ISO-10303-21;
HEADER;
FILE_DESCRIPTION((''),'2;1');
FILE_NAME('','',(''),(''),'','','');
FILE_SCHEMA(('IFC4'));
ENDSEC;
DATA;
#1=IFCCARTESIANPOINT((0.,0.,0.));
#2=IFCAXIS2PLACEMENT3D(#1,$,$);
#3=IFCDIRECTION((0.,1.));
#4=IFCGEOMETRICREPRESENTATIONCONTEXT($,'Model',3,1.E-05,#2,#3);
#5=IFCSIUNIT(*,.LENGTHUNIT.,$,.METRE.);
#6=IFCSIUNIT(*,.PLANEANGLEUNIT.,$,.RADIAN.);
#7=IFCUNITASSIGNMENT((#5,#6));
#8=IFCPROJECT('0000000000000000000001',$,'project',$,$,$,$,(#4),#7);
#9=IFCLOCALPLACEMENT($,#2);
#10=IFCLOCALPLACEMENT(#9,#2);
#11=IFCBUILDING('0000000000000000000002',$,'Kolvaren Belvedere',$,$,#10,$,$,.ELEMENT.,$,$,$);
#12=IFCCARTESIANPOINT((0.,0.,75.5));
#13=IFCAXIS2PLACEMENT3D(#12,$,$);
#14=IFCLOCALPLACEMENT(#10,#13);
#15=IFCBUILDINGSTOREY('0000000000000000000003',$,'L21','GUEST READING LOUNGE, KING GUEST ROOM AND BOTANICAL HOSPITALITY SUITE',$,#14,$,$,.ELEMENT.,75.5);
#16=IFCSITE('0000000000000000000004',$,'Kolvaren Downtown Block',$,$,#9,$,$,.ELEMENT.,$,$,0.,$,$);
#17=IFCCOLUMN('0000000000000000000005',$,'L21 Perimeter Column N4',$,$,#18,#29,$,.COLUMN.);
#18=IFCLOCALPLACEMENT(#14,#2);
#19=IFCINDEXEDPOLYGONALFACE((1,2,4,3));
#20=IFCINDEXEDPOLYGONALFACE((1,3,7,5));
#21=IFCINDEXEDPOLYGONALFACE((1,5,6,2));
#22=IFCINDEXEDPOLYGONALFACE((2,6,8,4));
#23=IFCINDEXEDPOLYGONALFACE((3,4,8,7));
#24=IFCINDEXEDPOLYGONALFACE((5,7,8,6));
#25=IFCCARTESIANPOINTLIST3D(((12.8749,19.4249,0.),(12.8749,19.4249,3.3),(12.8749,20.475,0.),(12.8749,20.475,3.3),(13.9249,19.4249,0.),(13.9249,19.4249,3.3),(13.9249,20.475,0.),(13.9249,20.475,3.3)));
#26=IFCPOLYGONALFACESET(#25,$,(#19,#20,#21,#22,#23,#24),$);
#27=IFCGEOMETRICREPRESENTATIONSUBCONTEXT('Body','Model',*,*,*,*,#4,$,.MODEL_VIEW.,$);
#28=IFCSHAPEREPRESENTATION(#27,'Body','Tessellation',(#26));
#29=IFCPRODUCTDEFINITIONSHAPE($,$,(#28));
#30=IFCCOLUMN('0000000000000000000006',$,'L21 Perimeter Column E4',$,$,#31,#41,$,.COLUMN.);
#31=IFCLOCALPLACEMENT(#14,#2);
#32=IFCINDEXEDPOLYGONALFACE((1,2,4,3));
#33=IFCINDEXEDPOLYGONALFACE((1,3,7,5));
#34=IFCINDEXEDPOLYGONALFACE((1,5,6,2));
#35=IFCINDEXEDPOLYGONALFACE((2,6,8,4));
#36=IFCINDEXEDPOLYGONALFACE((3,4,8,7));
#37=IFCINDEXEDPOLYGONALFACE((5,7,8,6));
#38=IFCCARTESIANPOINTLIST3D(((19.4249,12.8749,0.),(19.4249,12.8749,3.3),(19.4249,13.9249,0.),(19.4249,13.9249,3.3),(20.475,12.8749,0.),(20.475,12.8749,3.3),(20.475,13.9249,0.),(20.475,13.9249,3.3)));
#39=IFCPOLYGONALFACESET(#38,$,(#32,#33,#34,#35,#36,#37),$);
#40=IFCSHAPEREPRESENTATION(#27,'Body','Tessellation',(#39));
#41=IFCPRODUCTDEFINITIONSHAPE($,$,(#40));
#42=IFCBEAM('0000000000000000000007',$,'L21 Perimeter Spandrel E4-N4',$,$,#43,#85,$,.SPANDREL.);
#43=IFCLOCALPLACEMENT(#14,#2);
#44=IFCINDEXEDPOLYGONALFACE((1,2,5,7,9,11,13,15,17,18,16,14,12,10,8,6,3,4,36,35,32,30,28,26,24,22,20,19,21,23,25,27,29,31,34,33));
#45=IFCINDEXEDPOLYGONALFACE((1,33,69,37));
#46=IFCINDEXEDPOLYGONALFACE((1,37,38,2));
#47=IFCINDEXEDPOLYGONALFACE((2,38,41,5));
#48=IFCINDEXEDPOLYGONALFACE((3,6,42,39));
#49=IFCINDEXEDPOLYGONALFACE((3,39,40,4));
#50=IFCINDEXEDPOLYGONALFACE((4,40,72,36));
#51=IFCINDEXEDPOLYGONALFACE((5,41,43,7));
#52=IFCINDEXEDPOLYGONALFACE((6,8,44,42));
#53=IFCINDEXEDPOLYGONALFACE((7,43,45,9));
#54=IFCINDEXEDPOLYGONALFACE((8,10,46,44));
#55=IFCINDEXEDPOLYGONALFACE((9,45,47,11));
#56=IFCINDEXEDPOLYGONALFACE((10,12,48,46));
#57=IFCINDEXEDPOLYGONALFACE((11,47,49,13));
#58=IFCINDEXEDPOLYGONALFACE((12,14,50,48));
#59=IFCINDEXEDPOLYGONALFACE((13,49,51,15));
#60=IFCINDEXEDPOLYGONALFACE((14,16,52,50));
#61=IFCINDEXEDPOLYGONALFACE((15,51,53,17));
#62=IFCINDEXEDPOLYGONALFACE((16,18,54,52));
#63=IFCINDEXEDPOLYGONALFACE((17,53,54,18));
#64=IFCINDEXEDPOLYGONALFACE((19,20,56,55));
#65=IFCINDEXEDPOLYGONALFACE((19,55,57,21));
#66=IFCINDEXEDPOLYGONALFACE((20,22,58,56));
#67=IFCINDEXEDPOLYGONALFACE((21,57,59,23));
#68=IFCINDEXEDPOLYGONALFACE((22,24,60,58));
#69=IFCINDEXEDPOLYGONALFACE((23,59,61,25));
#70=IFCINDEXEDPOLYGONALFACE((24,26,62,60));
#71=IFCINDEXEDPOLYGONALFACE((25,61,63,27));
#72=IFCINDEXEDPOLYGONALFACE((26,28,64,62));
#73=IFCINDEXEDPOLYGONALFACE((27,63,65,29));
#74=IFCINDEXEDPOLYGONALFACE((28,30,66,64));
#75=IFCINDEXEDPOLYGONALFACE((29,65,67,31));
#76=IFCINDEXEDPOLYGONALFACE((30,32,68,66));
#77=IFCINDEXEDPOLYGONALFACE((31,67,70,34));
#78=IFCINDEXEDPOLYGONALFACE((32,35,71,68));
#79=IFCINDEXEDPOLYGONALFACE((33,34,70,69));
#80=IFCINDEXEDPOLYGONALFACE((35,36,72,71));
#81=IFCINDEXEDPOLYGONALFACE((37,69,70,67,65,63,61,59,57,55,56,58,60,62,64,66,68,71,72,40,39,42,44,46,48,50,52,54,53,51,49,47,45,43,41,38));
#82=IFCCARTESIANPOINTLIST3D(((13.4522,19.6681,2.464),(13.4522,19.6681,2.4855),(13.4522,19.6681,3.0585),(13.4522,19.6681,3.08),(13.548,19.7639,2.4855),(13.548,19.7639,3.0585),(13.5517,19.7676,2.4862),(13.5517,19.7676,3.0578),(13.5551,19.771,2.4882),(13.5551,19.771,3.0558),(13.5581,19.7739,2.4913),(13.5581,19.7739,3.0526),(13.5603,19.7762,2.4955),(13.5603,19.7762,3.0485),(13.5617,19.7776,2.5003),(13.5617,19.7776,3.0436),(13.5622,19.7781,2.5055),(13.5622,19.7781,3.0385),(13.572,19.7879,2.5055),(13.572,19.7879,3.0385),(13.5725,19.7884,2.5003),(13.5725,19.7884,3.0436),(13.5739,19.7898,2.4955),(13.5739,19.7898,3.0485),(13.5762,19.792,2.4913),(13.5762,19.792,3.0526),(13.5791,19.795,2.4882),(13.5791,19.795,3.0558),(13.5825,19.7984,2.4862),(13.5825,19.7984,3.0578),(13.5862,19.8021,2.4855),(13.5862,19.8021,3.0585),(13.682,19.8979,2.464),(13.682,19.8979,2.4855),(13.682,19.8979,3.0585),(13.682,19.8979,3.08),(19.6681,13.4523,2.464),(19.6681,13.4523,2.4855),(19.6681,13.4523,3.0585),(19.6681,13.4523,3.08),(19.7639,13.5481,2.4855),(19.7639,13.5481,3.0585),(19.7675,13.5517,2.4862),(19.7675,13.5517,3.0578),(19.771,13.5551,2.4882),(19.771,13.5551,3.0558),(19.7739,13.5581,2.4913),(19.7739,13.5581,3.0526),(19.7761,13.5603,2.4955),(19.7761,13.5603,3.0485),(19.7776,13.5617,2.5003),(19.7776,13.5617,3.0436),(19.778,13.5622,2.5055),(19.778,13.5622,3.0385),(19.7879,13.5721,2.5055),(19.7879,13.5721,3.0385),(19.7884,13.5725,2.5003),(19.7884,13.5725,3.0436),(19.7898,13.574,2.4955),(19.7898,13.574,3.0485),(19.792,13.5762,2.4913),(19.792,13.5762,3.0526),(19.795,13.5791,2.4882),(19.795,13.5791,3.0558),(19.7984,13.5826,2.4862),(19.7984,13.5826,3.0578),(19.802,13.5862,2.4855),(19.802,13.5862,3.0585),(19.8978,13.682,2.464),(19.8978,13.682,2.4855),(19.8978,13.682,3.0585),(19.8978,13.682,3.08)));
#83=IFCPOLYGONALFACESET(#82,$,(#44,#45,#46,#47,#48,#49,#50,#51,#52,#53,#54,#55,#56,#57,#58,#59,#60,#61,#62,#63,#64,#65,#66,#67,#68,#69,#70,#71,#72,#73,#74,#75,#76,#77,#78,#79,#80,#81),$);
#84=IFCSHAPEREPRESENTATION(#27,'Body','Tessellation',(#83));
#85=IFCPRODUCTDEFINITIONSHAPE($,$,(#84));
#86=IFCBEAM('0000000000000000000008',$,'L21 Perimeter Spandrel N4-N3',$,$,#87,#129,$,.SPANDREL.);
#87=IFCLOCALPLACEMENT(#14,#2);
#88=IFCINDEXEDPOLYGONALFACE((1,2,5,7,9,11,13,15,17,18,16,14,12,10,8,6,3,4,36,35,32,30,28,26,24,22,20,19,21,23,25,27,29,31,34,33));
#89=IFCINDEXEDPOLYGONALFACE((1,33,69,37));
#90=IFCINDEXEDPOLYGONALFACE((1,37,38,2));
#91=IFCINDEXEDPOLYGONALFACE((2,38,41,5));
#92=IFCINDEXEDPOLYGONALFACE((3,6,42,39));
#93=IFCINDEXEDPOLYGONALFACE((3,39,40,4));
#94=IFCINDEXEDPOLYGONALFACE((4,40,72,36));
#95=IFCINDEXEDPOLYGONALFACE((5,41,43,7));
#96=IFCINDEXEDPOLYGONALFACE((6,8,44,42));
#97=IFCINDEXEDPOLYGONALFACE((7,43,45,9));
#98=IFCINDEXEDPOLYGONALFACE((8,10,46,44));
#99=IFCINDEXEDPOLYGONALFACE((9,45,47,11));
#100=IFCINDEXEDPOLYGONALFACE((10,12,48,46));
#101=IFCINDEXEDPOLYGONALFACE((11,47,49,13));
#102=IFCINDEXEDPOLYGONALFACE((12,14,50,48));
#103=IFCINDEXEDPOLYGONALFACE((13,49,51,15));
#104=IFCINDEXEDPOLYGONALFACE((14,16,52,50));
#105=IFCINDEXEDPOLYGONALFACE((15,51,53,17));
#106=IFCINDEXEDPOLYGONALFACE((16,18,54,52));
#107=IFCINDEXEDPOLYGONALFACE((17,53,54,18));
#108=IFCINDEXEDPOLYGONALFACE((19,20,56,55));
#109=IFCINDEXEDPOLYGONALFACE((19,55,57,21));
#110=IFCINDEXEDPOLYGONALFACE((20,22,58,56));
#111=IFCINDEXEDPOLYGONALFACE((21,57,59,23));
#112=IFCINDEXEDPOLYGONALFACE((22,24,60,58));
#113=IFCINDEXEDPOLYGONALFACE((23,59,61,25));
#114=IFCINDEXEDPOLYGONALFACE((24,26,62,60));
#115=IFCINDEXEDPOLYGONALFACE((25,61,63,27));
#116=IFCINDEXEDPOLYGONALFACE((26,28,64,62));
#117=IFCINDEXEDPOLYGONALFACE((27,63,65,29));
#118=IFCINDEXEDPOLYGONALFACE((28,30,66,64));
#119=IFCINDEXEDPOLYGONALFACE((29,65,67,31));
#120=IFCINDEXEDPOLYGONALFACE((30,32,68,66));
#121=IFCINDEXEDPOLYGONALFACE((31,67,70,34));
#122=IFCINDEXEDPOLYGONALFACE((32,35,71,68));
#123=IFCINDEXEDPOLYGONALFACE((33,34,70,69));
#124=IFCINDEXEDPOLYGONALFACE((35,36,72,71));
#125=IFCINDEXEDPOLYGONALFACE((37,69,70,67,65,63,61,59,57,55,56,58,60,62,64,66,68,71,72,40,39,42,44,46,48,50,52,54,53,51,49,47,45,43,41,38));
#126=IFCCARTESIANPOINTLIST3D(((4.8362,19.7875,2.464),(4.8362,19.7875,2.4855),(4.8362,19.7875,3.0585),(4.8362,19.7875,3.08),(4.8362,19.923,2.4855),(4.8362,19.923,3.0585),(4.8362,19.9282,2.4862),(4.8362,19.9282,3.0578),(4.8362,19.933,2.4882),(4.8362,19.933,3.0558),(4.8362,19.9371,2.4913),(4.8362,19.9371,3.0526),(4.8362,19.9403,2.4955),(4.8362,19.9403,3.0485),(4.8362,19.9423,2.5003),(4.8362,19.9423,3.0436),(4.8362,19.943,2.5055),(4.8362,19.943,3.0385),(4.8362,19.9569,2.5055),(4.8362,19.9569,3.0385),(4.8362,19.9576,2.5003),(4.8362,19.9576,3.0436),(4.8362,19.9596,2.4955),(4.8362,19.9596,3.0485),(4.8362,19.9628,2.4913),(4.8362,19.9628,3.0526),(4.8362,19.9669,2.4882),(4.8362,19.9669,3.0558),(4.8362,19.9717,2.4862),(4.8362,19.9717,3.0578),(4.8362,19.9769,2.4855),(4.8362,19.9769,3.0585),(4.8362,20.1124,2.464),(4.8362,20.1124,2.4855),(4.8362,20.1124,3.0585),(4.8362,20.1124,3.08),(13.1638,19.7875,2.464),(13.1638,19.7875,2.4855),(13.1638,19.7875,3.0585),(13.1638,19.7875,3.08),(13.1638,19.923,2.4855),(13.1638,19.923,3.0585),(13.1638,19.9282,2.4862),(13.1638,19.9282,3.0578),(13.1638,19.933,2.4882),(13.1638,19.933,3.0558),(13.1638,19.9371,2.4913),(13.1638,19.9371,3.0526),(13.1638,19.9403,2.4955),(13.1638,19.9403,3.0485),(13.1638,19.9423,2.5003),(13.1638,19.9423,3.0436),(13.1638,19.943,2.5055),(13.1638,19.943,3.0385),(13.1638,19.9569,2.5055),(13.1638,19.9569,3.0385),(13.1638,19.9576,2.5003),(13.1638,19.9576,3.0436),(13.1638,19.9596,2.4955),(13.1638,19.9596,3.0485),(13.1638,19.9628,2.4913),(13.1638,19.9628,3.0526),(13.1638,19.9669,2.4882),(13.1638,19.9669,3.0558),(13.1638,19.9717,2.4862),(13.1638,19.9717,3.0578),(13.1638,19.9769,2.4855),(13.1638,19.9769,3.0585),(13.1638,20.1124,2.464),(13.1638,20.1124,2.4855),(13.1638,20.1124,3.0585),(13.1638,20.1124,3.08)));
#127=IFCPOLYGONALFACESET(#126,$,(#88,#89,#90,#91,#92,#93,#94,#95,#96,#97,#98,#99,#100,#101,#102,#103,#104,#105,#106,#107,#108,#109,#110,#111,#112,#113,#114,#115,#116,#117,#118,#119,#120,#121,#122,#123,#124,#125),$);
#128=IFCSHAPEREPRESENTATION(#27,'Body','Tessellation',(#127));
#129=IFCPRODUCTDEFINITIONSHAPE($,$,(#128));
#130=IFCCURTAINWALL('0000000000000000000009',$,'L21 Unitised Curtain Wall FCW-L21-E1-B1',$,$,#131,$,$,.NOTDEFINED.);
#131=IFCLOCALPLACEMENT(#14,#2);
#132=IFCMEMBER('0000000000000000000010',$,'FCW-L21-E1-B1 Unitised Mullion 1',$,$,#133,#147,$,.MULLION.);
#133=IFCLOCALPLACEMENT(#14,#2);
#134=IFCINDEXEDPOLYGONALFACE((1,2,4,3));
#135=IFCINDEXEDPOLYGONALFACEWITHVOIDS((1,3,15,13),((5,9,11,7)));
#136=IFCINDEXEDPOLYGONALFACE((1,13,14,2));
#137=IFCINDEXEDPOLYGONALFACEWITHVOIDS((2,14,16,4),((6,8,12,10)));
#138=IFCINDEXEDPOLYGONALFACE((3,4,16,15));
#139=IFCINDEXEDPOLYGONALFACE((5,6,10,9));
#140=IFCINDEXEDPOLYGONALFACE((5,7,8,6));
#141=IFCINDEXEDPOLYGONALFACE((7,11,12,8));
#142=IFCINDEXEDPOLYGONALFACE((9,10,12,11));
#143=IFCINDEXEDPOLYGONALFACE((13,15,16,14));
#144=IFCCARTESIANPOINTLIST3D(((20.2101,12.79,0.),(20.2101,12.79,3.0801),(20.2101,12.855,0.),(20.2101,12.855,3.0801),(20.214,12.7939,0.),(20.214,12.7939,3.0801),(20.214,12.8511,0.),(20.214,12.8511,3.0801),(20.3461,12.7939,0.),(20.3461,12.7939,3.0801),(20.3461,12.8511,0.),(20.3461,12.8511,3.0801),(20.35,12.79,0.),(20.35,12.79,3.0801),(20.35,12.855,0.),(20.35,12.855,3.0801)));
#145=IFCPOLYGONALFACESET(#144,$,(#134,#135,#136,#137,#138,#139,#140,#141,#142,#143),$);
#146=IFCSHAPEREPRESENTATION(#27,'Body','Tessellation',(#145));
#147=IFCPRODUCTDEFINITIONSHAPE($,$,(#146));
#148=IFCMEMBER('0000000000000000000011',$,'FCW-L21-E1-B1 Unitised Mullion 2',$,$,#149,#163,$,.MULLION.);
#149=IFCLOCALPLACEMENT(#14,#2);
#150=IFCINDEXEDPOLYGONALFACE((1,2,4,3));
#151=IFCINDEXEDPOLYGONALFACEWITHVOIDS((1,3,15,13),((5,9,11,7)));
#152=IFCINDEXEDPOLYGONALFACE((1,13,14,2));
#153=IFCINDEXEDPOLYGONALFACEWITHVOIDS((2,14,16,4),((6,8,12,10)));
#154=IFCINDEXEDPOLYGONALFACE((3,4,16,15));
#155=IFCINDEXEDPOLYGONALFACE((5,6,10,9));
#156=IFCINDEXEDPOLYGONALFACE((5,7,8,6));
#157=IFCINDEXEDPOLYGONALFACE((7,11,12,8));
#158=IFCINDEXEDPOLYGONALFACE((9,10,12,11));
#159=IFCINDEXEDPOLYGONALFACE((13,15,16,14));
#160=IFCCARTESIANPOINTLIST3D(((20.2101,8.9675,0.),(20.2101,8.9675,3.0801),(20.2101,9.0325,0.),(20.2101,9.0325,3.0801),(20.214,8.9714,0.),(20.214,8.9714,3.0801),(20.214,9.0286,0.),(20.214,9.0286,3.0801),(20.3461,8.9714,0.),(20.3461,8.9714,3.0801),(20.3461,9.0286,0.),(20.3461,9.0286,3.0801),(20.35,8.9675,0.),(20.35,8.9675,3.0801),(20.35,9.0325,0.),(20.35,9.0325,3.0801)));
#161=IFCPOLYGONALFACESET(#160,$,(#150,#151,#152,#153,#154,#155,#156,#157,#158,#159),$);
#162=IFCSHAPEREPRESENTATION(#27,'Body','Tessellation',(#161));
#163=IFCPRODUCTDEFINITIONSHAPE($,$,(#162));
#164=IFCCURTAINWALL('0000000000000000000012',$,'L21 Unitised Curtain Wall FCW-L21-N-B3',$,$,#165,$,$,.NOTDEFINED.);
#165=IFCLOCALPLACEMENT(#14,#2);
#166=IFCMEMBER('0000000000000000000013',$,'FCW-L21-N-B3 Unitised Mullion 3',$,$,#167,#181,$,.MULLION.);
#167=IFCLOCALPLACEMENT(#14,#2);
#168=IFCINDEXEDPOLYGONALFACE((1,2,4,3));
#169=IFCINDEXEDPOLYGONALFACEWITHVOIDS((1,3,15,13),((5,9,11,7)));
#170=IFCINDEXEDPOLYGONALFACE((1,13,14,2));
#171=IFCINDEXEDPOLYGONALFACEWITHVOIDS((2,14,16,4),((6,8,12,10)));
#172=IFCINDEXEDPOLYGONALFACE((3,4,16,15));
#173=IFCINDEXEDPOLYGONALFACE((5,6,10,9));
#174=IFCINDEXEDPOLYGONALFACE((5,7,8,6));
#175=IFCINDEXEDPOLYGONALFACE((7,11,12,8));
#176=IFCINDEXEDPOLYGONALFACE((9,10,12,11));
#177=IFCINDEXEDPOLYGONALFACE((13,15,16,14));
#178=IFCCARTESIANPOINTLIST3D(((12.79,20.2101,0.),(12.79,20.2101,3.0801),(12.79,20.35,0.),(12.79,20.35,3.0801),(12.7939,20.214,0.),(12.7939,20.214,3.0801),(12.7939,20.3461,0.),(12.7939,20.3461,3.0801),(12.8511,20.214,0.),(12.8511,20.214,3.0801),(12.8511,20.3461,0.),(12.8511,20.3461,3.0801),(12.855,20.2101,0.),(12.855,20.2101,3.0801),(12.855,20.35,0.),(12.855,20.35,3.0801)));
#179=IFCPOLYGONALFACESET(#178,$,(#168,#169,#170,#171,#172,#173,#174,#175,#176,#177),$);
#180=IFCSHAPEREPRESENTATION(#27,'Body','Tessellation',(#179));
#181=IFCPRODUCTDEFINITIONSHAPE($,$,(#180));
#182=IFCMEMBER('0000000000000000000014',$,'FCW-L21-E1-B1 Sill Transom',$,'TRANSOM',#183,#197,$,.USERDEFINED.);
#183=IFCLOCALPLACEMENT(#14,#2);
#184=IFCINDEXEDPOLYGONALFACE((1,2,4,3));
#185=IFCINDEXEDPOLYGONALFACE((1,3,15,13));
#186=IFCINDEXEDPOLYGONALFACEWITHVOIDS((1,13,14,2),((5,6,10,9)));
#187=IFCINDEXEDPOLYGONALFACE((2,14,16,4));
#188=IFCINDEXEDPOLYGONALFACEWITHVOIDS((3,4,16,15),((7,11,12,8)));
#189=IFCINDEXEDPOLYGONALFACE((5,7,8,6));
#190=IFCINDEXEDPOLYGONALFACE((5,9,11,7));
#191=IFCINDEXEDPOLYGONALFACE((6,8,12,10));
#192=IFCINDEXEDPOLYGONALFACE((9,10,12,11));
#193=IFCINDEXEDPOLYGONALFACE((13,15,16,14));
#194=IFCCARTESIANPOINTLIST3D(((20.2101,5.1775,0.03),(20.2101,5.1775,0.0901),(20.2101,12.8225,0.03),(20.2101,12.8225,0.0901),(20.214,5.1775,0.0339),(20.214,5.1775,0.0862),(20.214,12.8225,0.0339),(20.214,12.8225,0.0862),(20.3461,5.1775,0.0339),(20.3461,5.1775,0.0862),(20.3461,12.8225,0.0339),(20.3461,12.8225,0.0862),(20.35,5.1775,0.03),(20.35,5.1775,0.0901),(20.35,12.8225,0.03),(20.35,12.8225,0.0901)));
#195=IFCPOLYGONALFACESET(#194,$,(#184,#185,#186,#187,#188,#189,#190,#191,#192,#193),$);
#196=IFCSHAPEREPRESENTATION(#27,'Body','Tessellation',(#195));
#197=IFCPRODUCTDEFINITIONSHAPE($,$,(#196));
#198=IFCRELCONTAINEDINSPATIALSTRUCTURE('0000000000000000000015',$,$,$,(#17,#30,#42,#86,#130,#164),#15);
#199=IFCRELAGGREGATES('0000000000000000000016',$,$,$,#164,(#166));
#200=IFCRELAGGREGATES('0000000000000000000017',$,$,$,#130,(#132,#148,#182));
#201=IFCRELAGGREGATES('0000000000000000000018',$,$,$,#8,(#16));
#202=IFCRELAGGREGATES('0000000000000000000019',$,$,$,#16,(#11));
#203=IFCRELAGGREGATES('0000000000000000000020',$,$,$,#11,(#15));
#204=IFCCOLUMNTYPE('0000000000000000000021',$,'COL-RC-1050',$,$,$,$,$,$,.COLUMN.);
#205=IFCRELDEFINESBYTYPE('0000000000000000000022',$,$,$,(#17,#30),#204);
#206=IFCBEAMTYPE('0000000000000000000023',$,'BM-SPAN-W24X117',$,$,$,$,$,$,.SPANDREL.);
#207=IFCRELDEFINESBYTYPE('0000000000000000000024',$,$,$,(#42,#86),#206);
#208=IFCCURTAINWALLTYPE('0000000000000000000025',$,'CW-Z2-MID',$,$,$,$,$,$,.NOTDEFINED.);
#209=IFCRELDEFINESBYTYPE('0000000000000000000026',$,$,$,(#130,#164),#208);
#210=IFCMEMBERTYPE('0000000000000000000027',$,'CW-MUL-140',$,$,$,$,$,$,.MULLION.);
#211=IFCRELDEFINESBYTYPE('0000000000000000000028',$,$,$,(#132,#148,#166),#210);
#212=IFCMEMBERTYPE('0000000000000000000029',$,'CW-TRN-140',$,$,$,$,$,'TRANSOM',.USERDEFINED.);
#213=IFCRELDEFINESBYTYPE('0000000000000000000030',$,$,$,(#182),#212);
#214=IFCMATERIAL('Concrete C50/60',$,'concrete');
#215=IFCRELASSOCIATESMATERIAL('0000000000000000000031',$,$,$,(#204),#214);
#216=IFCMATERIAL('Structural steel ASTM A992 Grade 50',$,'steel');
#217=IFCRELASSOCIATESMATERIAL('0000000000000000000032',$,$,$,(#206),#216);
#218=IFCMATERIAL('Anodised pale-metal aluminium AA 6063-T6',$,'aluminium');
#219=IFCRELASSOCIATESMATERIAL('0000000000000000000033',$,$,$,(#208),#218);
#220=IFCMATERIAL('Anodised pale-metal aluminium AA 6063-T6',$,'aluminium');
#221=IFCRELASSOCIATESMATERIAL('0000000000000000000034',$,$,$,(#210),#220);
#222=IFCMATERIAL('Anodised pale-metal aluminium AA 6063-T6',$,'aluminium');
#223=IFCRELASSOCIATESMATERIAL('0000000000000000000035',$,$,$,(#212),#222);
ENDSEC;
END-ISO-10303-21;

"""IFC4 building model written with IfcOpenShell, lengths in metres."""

from ifc_helpers import new_model, si_unit, direction, frame, origin, origin_2d, place, context, subcontext, project, spatial, rectangle, hollow_rectangle, i_section, extrude, material, material_profile, profile_set, type_object, element, aggregate, save


model = new_model("IFC4")

# Units and contexts
model_context = context("Model", 3, precision=1e-05, world=origin(), true_north=direction((0.0, 1.0)))
body_context = subcontext(model_context, "Body", "Model", "MODEL_VIEW")
ifc_project = project(units=[si_unit("LENGTHUNIT", "METRE"), si_unit("PLANEANGLEUNIT", "RADIAN")], contexts=[model_context])

# Site, building, storey
site_placement = place(None, origin())
site = spatial("IfcSite", under=ifc_project, at=site_placement, Name="Kolvaren Downtown Block", CompositionType="ELEMENT", RefElevation=0.0)
building_placement = place(site_placement, origin())
building = spatial("IfcBuilding", under=site, at=building_placement, Name="Kolvaren Belvedere", CompositionType="ELEMENT")
storey_placement = place(building_placement, frame((0.0, 0.0, 75.5)))
storey = spatial("IfcBuildingStorey", under=building, at=storey_placement, Name="L21", Description="GUEST READING LOUNGE, KING GUEST ROOM AND BOTANICAL HOSPITALITY SUITE", CompositionType="ELEMENT", Elevation=75.5)

# Columns
ifc_material_1 = material(Name="Concrete C50/60", Category="concrete")
ifc_material_profile_1 = material_profile(ifc_material_1, rectangle(XDim=1.05, YDim=1.05, at=origin_2d()), Name="RC 1050X1050")
ifc_profile_set_1 = profile_set([ifc_material_profile_1], Name="Concrete C50/60")
column_type = type_object("IfcColumnType", Name="COL-RC-1050", PredefinedType="COLUMN", material=ifc_profile_set_1)
for number, where, z_axis, x_axis, name in (
    (1, (13.3999, 19.95, 0.0), (0.0, 0.0, 1.0), (1.0, 0.0, 0.0), "L21 Perimeter Column N4"),
    (2, (19.95, 13.3999, 0.0), (0.0, 0.0, 1.0), (1.0, 0.0, 0.0), "L21 Perimeter Column E4"),
):
    element("IfcColumn", number, at=place(storey_placement, frame(where, z_axis=z_axis, x_axis=x_axis)), inside=storey, type_object=column_type, Name=name, PredefinedType="COLUMN", context=body_context, shape_type="SweptSolid", body=[
        extrude(rectangle(XDim=1.05, YDim=1.05, at=origin_2d()), origin(), (0.0, 0.0, 1.0), 3.3),
    ])

# Beams
ifc_material_2 = material(Name="Structural steel ASTM A992 Grade 50", Category="steel")
ifc_material_profile_2 = material_profile(ifc_material_2, i_section(OverallWidth=0.325, OverallDepth=0.616, WebThickness=0.0139, FlangeThickness=0.0215, FilletRadius=0.02, at=origin_2d()), Name="W24X117")
ifc_profile_set_2 = profile_set([ifc_material_profile_2], Name="Structural steel ASTM A992 Grade 50")
beam_type = type_object("IfcBeamType", Name="BM-SPAN-W24X117", PredefinedType="SPANDREL", material=ifc_profile_set_2)
beam_1_placement = place(storey_placement, frame((19.783, 13.5671, 2.772), z_axis=(-0.707107, 0.707107, 0.0), x_axis=(-0.707107, -0.707107, 0.0)))
element("IfcBeam", 3, at=beam_1_placement, inside=storey, type_object=beam_type, Name="L21 Perimeter Spandrel E4-N4", PredefinedType="SPANDREL", context=body_context, shape_type="SweptSolid", body=[
    extrude(i_section(OverallWidth=0.325, OverallDepth=0.616, WebThickness=0.0139, FlangeThickness=0.0215, FilletRadius=0.02, at=origin_2d()), origin(), (0.0, 0.0, 1.0), 8.7905),
])
beam_2_placement = place(storey_placement, frame((13.1638, 19.95, 2.772), z_axis=(-1.0, 0.0, 0.0), x_axis=(0.0, -1.0, 0.0)))
element("IfcBeam", 4, at=beam_2_placement, inside=storey, type_object=beam_type, Name="L21 Perimeter Spandrel N4-N3", PredefinedType="SPANDREL", context=body_context, shape_type="SweptSolid", body=[
    extrude(i_section(OverallWidth=0.325, OverallDepth=0.616, WebThickness=0.0139, FlangeThickness=0.0215, FilletRadius=0.02, at=origin_2d()), origin(), (0.0, 0.0, 1.0), 8.3276),
])

# Curtain wall, members
ifc_material_3 = material(Name="Anodised pale-metal aluminium AA 6063-T6", Category="aluminium")
curtain_wall_type = type_object("IfcCurtainWallType", Name="CW-Z2-MID", PredefinedType="NOTDEFINED", material=ifc_material_3)
curtain_wall_1_placement = place(storey_placement, origin())
curtain_wall_1 = element("IfcCurtainWall", 5, at=curtain_wall_1_placement, inside=storey, type_object=curtain_wall_type, Name="L21 Unitised Curtain Wall FCW-L21-E1-B1", PredefinedType="NOTDEFINED")
ifc_material_4 = material(Name="Anodised pale-metal aluminium AA 6063-T6", Category="aluminium")
ifc_material_profile_3 = material_profile(ifc_material_4, hollow_rectangle(XDim=0.0649, YDim=0.1399, WallThickness=0.0039, at=origin_2d()), Name="ALU-MUL-140X65")
ifc_profile_set_3 = profile_set([ifc_material_profile_3], Name="Anodised pale-metal aluminium AA 6063-T6")
member_type_1 = type_object("IfcMemberType", Name="CW-MUL-140", PredefinedType="MULLION", material=ifc_profile_set_3)
member_1_placement = place(storey_placement, frame((20.28, 12.8225, 0.0), z_axis=(0.0, 0.0, 1.0), x_axis=(0.0, 1.0, 0.0)))
member_1 = element("IfcMember", 6, at=member_1_placement, type_object=member_type_1, Name="FCW-L21-E1-B1 Unitised Mullion 1", PredefinedType="MULLION", context=body_context, shape_type="SweptSolid", body=[
    extrude(hollow_rectangle(XDim=0.0649, YDim=0.1399, WallThickness=0.0039, at=origin_2d()), origin(), (0.0, 0.0, 1.0), 3.0801),
])
member_2_placement = place(storey_placement, frame((20.28, 9.0, 0.0), z_axis=(0.0, 0.0, 1.0), x_axis=(0.0, 1.0, 0.0)))
member_2 = element("IfcMember", 7, at=member_2_placement, type_object=member_type_1, Name="FCW-L21-E1-B1 Unitised Mullion 2", PredefinedType="MULLION", context=body_context, shape_type="SweptSolid", body=[
    extrude(hollow_rectangle(XDim=0.0649, YDim=0.1399, WallThickness=0.0039, at=origin_2d()), origin(), (0.0, 0.0, 1.0), 3.0801),
])

# Curtain wall, member
curtain_wall_2_placement = place(storey_placement, origin())
curtain_wall_2 = element("IfcCurtainWall", 8, at=curtain_wall_2_placement, inside=storey, type_object=curtain_wall_type, Name="L21 Unitised Curtain Wall FCW-L21-N-B3", PredefinedType="NOTDEFINED")
member_3_placement = place(storey_placement, frame((12.8225, 20.28, 0.0), z_axis=(0.0, 0.0, 1.0), x_axis=(1.0, 0.0, 0.0)))
member_3 = element("IfcMember", 9, at=member_3_placement, type_object=member_type_1, Name="FCW-L21-N-B3 Unitised Mullion 3", PredefinedType="MULLION", context=body_context, shape_type="SweptSolid", body=[
    extrude(hollow_rectangle(XDim=0.0649, YDim=0.1399, WallThickness=0.0039, at=origin_2d()), origin(), (0.0, 0.0, 1.0), 3.0801),
])
aggregate(curtain_wall_2, [member_3])

# Member
ifc_material_5 = material(Name="Anodised pale-metal aluminium AA 6063-T6", Category="aluminium")
ifc_material_profile_4 = material_profile(ifc_material_5, hollow_rectangle(XDim=0.0601, YDim=0.1399, WallThickness=0.0039, at=origin_2d()), Name="ALU-TRN-140X60")
ifc_profile_set_4 = profile_set([ifc_material_profile_4], Name="Anodised pale-metal aluminium AA 6063-T6")
member_type_2 = type_object("IfcMemberType", Name="CW-TRN-140", ElementType="TRANSOM", PredefinedType="USERDEFINED", material=ifc_profile_set_4)
member_4_placement = place(storey_placement, frame((20.28, 12.8225, 0.0601), z_axis=(0.0, -1.0, 0.0), x_axis=(0.0, 0.0, 1.0)))
member_4 = element("IfcMember", 10, at=member_4_placement, type_object=member_type_2, Name="FCW-L21-E1-B1 Sill Transom", ObjectType="TRANSOM", PredefinedType="USERDEFINED", context=body_context, shape_type="SweptSolid", body=[
    extrude(hollow_rectangle(XDim=0.0601, YDim=0.1399, WallThickness=0.0039, at=origin_2d()), origin(), (0.0, 0.0, 1.0), 7.645),
])

aggregate(curtain_wall_1, [member_1, member_2, member_4])

save(model, "model.ifc")
